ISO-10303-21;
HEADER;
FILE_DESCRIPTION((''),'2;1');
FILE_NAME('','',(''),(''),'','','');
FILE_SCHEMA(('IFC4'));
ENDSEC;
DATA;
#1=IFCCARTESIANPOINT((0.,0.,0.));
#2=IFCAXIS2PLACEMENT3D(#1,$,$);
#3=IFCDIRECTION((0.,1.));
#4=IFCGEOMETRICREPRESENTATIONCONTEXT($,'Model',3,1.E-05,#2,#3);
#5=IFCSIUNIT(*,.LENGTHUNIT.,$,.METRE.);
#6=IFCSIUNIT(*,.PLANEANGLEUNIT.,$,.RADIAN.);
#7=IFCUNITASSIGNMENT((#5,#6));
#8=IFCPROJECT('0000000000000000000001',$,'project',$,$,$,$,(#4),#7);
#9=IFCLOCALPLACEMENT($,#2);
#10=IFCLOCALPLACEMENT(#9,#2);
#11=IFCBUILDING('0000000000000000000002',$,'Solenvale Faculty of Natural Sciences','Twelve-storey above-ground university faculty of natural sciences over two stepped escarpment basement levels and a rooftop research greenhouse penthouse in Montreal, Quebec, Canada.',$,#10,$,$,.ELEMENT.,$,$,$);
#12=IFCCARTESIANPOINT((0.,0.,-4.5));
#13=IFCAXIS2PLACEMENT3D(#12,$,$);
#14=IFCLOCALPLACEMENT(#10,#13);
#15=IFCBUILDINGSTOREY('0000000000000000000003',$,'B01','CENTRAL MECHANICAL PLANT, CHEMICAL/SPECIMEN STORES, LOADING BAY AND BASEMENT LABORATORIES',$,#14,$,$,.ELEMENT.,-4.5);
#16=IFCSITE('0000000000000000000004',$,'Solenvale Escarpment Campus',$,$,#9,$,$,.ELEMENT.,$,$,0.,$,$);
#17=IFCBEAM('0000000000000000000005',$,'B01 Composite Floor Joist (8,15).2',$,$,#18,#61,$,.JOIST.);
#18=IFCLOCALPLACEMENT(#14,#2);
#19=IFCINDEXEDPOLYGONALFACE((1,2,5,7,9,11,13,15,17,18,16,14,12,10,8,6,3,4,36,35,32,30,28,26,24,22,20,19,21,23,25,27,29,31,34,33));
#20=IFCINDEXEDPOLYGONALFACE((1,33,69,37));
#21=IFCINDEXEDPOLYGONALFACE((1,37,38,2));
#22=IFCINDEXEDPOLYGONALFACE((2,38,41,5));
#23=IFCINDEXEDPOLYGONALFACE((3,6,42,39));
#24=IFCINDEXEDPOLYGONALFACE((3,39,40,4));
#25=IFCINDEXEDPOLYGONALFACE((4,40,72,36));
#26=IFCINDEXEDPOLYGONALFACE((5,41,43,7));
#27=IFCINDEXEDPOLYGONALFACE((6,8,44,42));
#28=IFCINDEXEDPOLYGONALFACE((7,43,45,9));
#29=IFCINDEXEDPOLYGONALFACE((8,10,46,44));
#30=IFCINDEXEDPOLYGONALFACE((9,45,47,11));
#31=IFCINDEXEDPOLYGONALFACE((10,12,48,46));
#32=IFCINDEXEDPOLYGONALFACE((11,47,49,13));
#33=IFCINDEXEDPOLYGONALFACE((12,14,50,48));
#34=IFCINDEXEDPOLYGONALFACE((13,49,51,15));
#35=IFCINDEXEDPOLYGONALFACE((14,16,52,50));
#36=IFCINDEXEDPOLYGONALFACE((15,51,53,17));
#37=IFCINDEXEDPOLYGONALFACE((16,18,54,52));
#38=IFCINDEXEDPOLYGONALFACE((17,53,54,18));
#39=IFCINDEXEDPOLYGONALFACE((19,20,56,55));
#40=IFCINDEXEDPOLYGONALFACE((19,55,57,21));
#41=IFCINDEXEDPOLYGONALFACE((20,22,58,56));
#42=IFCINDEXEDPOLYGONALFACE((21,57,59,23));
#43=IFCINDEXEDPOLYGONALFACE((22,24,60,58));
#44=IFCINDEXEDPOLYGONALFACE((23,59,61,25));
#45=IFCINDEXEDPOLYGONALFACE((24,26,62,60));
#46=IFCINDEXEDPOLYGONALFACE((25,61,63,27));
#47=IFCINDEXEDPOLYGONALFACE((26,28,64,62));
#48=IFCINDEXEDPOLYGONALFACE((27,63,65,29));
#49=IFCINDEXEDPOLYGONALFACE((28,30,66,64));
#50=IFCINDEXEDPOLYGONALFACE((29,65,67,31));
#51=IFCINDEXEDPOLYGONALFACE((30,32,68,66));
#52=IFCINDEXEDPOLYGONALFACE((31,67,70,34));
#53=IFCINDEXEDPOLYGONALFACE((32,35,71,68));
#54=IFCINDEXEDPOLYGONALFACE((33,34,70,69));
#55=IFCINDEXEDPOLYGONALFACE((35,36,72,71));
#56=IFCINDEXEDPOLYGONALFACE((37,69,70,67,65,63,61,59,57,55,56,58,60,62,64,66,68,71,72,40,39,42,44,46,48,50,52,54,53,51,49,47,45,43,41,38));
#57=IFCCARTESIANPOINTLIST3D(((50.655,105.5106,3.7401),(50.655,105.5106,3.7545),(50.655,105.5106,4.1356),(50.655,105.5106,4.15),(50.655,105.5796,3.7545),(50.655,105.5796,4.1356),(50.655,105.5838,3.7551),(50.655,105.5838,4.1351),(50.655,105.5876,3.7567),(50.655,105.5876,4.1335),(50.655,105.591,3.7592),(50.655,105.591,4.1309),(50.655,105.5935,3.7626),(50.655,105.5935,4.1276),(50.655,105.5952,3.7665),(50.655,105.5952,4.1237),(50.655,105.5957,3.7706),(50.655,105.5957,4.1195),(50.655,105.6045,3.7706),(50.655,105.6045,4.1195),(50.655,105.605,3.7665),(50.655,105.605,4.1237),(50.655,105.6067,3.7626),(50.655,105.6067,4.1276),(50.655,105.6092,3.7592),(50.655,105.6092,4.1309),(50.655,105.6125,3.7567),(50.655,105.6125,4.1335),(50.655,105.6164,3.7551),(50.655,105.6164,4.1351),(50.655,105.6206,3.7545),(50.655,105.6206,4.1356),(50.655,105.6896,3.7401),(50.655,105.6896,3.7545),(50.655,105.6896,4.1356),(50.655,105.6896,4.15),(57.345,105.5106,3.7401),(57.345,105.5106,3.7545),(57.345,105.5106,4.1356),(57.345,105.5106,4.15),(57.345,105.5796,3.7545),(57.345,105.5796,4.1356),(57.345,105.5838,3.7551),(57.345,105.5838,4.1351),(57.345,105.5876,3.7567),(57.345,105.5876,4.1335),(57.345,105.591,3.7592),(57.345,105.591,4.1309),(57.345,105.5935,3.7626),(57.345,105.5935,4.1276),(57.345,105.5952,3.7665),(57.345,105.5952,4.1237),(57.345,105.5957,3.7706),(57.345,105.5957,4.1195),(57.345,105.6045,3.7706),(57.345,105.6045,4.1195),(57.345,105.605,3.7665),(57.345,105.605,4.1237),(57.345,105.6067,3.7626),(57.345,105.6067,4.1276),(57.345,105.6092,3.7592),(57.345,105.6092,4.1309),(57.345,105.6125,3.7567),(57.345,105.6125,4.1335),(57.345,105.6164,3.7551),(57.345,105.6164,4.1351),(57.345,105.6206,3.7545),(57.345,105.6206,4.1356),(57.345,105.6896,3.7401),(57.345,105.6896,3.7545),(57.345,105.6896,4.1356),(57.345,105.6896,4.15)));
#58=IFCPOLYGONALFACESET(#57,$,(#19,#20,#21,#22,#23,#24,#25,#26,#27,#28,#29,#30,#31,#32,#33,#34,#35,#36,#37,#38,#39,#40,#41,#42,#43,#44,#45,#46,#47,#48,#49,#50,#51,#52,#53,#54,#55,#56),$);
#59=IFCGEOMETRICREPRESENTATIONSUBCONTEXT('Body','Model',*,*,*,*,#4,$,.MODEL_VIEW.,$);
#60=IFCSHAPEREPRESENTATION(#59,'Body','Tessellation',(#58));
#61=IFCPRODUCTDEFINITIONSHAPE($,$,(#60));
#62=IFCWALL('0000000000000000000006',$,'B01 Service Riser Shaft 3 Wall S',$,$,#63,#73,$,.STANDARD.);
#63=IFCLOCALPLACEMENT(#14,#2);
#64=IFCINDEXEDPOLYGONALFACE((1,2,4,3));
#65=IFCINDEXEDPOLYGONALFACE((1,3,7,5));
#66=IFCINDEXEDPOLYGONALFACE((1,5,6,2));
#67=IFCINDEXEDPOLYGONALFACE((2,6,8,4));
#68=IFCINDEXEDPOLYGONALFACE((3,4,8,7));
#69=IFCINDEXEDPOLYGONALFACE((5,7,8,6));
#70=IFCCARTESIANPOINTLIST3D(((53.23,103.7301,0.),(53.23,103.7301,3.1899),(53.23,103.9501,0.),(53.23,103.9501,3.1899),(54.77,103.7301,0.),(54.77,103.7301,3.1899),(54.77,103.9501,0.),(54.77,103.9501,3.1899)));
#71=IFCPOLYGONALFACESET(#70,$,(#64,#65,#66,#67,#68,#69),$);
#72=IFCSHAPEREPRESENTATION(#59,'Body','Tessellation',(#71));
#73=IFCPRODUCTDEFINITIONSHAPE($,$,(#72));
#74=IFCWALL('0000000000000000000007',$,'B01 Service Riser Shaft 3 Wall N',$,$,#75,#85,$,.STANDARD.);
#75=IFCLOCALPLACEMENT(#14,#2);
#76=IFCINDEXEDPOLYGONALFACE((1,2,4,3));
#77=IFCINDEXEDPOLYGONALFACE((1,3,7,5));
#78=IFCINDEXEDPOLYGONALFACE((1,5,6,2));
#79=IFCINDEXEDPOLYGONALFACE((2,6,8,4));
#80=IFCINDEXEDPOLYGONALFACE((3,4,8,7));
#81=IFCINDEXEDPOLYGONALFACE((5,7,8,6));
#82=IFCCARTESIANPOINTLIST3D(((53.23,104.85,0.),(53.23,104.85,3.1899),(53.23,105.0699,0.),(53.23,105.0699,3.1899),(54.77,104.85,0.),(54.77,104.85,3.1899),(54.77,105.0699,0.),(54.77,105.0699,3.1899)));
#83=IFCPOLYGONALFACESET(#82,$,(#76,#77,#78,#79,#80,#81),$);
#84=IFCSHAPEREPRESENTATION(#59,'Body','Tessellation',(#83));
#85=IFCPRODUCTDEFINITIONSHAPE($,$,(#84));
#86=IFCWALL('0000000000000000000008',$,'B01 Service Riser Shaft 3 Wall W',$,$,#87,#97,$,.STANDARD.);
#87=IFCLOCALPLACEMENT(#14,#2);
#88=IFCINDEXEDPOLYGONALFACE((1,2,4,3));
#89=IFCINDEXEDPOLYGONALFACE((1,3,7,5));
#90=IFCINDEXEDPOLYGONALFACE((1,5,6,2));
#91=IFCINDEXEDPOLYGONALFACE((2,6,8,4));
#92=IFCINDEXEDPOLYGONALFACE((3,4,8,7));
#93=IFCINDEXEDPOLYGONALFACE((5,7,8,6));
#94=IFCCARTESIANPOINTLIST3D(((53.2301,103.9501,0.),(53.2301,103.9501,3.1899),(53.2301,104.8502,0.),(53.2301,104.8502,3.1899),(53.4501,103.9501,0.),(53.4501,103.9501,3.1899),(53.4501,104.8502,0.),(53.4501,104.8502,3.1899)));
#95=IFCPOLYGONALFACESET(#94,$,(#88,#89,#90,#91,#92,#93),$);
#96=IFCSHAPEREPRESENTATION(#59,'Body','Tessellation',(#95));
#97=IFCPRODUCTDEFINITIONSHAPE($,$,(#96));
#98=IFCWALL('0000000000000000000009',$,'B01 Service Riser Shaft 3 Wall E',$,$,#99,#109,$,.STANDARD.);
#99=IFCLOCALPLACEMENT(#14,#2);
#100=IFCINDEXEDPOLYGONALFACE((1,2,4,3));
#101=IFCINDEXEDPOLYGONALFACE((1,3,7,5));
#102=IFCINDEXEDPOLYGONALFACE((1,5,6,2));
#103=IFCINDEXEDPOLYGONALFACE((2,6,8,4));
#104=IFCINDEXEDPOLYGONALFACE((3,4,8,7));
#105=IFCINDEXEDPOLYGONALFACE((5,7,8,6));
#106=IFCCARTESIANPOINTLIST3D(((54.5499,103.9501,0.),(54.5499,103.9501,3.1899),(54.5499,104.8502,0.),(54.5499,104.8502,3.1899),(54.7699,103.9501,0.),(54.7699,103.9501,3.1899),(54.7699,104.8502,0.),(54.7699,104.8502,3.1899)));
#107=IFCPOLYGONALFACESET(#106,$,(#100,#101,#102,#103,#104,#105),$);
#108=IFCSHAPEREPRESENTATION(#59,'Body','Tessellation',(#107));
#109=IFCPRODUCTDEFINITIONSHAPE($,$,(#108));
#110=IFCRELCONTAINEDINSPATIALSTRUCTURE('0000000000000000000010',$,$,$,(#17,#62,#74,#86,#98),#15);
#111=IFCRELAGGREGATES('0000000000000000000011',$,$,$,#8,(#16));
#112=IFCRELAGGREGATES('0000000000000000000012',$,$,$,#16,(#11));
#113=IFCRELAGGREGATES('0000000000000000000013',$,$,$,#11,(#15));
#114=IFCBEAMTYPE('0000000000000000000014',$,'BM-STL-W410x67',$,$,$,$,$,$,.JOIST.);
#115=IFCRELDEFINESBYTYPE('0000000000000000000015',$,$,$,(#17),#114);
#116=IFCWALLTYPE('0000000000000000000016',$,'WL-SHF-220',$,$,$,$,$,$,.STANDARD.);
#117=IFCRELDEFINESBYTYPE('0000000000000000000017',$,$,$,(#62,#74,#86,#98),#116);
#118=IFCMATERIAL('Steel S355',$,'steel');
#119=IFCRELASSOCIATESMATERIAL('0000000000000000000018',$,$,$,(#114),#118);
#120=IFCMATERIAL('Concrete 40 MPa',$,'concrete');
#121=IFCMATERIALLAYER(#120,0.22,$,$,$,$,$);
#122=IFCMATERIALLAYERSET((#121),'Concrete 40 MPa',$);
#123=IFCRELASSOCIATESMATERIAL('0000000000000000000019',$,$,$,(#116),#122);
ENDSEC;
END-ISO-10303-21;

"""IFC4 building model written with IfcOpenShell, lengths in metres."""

from ifc_helpers import new_model, si_unit, direction, frame, frame_2d, origin, origin_2d, place, context, subcontext, project, spatial, rectangle, i_section, extrude, material, layer, layer_set, material_profile, profile_set, type_object, element, save


model = new_model("IFC4")

# Units and contexts
model_context = context("Model", 3, precision=1e-05, world=origin(), true_north=direction((0.0, 1.0)))
body_context = subcontext(model_context, "Body", "Model", "MODEL_VIEW")
ifc_project = project(units=[si_unit("LENGTHUNIT", "METRE"), si_unit("PLANEANGLEUNIT", "RADIAN")], contexts=[model_context])

# Site, building, storey
site_placement = place(None, origin())
site = spatial("IfcSite", under=ifc_project, at=site_placement, Name="Solenvale Escarpment Campus", CompositionType="ELEMENT", RefElevation=0.0)
building_placement = place(site_placement, origin())
building = spatial("IfcBuilding", under=site, at=building_placement, Name="Solenvale Faculty of Natural Sciences", Description="Twelve-storey above-ground university faculty of natural sciences over two stepped escarpment basement levels and a rooftop research greenhouse penthouse in Montreal, Quebec, Canada.", CompositionType="ELEMENT")
storey_placement = place(building_placement, frame((0.0, 0.0, -4.5)))
storey = spatial("IfcBuildingStorey", under=building, at=storey_placement, Name="B01", Description="CENTRAL MECHANICAL PLANT, CHEMICAL/SPECIMEN STORES, LOADING BAY AND BASEMENT LABORATORIES", CompositionType="ELEMENT", Elevation=-4.5)

# Shared definitions
ifc_material_1 = material(Name="Concrete 40 MPa", Category="concrete")

# Beam
ifc_material_2 = material(Name="Steel S355", Category="steel")
ifc_material_profile_1 = material_profile(ifc_material_2, i_section(OverallWidth=0.179, OverallDepth=0.4099, WebThickness=0.0088, FlangeThickness=0.0144, FilletRadius=0.0161, at=origin_2d()), Name="W410x67")
ifc_profile_set_1 = profile_set([ifc_material_profile_1], Name="Steel S355")
beam_type_1 = type_object("IfcBeamType", Name="BM-STL-W410x67", PredefinedType="JOIST", material=ifc_profile_set_1)
for number, where, z_axis, x_axis, name in (
    (1, (50.655, 105.6001, 3.9451), (1.0, 0.0, 0.0), (0.0, 1.0, 0.0), "B01 Composite Floor Joist (8,15).2"),
):
    element("IfcBeam", number, at=place(storey_placement, frame(where, z_axis=z_axis, x_axis=x_axis)), inside=storey, type_object=beam_type_1, Name=name, PredefinedType="JOIST", context=body_context, shape_type="SweptSolid", body=[
        extrude(i_section(OverallWidth=0.179, OverallDepth=0.4099, WebThickness=0.0088, FlangeThickness=0.0144, FilletRadius=0.0161, at=origin_2d()), origin(), (0.0, 0.0, 1.0), 6.6899),
    ])

# Walls
ifc_layer = layer(ifc_material_1, 0.22)
ifc_layer_set = layer_set([ifc_layer], Name="Concrete 40 MPa")
wall_type = type_object("IfcWallType", Name="WL-SHF-220", PredefinedType="STANDARD", material=ifc_layer_set)
for number, where, z_axis, x_axis, name in (
    (2, (53.23, 103.8401, 0.0), (0.0, 0.0, 1.0), (1.0, 0.0, 0.0), "B01 Service Riser Shaft 3 Wall S"),
    (3, (53.23, 104.96, 0.0), (0.0, 0.0, 1.0), (1.0, 0.0, 0.0), "B01 Service Riser Shaft 3 Wall N"),
):
    element("IfcWall", number, at=place(storey_placement, frame(where, z_axis=z_axis, x_axis=x_axis)), inside=storey, type_object=wall_type, Name=name, PredefinedType="STANDARD", context=body_context, shape_type="SweptSolid", body=[
        extrude(rectangle(XDim=1.54, YDim=0.22, at=frame_2d((0.77, 0.0))), origin(), (0.0, 0.0, 1.0), 3.1899),
    ])
for number, where, z_axis, x_axis, name in (
    (4, (53.3401, 103.95, 0.0), (0.0, 0.0, 1.0), (0.0, 1.0, 0.0), "B01 Service Riser Shaft 3 Wall W"),
    (5, (54.6599, 103.95, 0.0), (0.0, 0.0, 1.0), (0.0, 1.0, 0.0), "B01 Service Riser Shaft 3 Wall E"),
):
    element("IfcWall", number, at=place(storey_placement, frame(where, z_axis=z_axis, x_axis=x_axis)), inside=storey, type_object=wall_type, Name=name, PredefinedType="STANDARD", context=body_context, shape_type="SweptSolid", body=[
        extrude(rectangle(XDim=0.9001, YDim=0.22, at=frame_2d((0.4502, 0.0))), origin(), (0.0, 0.0, 1.0), 3.1899),
    ])

save(model, "model.ifc")
